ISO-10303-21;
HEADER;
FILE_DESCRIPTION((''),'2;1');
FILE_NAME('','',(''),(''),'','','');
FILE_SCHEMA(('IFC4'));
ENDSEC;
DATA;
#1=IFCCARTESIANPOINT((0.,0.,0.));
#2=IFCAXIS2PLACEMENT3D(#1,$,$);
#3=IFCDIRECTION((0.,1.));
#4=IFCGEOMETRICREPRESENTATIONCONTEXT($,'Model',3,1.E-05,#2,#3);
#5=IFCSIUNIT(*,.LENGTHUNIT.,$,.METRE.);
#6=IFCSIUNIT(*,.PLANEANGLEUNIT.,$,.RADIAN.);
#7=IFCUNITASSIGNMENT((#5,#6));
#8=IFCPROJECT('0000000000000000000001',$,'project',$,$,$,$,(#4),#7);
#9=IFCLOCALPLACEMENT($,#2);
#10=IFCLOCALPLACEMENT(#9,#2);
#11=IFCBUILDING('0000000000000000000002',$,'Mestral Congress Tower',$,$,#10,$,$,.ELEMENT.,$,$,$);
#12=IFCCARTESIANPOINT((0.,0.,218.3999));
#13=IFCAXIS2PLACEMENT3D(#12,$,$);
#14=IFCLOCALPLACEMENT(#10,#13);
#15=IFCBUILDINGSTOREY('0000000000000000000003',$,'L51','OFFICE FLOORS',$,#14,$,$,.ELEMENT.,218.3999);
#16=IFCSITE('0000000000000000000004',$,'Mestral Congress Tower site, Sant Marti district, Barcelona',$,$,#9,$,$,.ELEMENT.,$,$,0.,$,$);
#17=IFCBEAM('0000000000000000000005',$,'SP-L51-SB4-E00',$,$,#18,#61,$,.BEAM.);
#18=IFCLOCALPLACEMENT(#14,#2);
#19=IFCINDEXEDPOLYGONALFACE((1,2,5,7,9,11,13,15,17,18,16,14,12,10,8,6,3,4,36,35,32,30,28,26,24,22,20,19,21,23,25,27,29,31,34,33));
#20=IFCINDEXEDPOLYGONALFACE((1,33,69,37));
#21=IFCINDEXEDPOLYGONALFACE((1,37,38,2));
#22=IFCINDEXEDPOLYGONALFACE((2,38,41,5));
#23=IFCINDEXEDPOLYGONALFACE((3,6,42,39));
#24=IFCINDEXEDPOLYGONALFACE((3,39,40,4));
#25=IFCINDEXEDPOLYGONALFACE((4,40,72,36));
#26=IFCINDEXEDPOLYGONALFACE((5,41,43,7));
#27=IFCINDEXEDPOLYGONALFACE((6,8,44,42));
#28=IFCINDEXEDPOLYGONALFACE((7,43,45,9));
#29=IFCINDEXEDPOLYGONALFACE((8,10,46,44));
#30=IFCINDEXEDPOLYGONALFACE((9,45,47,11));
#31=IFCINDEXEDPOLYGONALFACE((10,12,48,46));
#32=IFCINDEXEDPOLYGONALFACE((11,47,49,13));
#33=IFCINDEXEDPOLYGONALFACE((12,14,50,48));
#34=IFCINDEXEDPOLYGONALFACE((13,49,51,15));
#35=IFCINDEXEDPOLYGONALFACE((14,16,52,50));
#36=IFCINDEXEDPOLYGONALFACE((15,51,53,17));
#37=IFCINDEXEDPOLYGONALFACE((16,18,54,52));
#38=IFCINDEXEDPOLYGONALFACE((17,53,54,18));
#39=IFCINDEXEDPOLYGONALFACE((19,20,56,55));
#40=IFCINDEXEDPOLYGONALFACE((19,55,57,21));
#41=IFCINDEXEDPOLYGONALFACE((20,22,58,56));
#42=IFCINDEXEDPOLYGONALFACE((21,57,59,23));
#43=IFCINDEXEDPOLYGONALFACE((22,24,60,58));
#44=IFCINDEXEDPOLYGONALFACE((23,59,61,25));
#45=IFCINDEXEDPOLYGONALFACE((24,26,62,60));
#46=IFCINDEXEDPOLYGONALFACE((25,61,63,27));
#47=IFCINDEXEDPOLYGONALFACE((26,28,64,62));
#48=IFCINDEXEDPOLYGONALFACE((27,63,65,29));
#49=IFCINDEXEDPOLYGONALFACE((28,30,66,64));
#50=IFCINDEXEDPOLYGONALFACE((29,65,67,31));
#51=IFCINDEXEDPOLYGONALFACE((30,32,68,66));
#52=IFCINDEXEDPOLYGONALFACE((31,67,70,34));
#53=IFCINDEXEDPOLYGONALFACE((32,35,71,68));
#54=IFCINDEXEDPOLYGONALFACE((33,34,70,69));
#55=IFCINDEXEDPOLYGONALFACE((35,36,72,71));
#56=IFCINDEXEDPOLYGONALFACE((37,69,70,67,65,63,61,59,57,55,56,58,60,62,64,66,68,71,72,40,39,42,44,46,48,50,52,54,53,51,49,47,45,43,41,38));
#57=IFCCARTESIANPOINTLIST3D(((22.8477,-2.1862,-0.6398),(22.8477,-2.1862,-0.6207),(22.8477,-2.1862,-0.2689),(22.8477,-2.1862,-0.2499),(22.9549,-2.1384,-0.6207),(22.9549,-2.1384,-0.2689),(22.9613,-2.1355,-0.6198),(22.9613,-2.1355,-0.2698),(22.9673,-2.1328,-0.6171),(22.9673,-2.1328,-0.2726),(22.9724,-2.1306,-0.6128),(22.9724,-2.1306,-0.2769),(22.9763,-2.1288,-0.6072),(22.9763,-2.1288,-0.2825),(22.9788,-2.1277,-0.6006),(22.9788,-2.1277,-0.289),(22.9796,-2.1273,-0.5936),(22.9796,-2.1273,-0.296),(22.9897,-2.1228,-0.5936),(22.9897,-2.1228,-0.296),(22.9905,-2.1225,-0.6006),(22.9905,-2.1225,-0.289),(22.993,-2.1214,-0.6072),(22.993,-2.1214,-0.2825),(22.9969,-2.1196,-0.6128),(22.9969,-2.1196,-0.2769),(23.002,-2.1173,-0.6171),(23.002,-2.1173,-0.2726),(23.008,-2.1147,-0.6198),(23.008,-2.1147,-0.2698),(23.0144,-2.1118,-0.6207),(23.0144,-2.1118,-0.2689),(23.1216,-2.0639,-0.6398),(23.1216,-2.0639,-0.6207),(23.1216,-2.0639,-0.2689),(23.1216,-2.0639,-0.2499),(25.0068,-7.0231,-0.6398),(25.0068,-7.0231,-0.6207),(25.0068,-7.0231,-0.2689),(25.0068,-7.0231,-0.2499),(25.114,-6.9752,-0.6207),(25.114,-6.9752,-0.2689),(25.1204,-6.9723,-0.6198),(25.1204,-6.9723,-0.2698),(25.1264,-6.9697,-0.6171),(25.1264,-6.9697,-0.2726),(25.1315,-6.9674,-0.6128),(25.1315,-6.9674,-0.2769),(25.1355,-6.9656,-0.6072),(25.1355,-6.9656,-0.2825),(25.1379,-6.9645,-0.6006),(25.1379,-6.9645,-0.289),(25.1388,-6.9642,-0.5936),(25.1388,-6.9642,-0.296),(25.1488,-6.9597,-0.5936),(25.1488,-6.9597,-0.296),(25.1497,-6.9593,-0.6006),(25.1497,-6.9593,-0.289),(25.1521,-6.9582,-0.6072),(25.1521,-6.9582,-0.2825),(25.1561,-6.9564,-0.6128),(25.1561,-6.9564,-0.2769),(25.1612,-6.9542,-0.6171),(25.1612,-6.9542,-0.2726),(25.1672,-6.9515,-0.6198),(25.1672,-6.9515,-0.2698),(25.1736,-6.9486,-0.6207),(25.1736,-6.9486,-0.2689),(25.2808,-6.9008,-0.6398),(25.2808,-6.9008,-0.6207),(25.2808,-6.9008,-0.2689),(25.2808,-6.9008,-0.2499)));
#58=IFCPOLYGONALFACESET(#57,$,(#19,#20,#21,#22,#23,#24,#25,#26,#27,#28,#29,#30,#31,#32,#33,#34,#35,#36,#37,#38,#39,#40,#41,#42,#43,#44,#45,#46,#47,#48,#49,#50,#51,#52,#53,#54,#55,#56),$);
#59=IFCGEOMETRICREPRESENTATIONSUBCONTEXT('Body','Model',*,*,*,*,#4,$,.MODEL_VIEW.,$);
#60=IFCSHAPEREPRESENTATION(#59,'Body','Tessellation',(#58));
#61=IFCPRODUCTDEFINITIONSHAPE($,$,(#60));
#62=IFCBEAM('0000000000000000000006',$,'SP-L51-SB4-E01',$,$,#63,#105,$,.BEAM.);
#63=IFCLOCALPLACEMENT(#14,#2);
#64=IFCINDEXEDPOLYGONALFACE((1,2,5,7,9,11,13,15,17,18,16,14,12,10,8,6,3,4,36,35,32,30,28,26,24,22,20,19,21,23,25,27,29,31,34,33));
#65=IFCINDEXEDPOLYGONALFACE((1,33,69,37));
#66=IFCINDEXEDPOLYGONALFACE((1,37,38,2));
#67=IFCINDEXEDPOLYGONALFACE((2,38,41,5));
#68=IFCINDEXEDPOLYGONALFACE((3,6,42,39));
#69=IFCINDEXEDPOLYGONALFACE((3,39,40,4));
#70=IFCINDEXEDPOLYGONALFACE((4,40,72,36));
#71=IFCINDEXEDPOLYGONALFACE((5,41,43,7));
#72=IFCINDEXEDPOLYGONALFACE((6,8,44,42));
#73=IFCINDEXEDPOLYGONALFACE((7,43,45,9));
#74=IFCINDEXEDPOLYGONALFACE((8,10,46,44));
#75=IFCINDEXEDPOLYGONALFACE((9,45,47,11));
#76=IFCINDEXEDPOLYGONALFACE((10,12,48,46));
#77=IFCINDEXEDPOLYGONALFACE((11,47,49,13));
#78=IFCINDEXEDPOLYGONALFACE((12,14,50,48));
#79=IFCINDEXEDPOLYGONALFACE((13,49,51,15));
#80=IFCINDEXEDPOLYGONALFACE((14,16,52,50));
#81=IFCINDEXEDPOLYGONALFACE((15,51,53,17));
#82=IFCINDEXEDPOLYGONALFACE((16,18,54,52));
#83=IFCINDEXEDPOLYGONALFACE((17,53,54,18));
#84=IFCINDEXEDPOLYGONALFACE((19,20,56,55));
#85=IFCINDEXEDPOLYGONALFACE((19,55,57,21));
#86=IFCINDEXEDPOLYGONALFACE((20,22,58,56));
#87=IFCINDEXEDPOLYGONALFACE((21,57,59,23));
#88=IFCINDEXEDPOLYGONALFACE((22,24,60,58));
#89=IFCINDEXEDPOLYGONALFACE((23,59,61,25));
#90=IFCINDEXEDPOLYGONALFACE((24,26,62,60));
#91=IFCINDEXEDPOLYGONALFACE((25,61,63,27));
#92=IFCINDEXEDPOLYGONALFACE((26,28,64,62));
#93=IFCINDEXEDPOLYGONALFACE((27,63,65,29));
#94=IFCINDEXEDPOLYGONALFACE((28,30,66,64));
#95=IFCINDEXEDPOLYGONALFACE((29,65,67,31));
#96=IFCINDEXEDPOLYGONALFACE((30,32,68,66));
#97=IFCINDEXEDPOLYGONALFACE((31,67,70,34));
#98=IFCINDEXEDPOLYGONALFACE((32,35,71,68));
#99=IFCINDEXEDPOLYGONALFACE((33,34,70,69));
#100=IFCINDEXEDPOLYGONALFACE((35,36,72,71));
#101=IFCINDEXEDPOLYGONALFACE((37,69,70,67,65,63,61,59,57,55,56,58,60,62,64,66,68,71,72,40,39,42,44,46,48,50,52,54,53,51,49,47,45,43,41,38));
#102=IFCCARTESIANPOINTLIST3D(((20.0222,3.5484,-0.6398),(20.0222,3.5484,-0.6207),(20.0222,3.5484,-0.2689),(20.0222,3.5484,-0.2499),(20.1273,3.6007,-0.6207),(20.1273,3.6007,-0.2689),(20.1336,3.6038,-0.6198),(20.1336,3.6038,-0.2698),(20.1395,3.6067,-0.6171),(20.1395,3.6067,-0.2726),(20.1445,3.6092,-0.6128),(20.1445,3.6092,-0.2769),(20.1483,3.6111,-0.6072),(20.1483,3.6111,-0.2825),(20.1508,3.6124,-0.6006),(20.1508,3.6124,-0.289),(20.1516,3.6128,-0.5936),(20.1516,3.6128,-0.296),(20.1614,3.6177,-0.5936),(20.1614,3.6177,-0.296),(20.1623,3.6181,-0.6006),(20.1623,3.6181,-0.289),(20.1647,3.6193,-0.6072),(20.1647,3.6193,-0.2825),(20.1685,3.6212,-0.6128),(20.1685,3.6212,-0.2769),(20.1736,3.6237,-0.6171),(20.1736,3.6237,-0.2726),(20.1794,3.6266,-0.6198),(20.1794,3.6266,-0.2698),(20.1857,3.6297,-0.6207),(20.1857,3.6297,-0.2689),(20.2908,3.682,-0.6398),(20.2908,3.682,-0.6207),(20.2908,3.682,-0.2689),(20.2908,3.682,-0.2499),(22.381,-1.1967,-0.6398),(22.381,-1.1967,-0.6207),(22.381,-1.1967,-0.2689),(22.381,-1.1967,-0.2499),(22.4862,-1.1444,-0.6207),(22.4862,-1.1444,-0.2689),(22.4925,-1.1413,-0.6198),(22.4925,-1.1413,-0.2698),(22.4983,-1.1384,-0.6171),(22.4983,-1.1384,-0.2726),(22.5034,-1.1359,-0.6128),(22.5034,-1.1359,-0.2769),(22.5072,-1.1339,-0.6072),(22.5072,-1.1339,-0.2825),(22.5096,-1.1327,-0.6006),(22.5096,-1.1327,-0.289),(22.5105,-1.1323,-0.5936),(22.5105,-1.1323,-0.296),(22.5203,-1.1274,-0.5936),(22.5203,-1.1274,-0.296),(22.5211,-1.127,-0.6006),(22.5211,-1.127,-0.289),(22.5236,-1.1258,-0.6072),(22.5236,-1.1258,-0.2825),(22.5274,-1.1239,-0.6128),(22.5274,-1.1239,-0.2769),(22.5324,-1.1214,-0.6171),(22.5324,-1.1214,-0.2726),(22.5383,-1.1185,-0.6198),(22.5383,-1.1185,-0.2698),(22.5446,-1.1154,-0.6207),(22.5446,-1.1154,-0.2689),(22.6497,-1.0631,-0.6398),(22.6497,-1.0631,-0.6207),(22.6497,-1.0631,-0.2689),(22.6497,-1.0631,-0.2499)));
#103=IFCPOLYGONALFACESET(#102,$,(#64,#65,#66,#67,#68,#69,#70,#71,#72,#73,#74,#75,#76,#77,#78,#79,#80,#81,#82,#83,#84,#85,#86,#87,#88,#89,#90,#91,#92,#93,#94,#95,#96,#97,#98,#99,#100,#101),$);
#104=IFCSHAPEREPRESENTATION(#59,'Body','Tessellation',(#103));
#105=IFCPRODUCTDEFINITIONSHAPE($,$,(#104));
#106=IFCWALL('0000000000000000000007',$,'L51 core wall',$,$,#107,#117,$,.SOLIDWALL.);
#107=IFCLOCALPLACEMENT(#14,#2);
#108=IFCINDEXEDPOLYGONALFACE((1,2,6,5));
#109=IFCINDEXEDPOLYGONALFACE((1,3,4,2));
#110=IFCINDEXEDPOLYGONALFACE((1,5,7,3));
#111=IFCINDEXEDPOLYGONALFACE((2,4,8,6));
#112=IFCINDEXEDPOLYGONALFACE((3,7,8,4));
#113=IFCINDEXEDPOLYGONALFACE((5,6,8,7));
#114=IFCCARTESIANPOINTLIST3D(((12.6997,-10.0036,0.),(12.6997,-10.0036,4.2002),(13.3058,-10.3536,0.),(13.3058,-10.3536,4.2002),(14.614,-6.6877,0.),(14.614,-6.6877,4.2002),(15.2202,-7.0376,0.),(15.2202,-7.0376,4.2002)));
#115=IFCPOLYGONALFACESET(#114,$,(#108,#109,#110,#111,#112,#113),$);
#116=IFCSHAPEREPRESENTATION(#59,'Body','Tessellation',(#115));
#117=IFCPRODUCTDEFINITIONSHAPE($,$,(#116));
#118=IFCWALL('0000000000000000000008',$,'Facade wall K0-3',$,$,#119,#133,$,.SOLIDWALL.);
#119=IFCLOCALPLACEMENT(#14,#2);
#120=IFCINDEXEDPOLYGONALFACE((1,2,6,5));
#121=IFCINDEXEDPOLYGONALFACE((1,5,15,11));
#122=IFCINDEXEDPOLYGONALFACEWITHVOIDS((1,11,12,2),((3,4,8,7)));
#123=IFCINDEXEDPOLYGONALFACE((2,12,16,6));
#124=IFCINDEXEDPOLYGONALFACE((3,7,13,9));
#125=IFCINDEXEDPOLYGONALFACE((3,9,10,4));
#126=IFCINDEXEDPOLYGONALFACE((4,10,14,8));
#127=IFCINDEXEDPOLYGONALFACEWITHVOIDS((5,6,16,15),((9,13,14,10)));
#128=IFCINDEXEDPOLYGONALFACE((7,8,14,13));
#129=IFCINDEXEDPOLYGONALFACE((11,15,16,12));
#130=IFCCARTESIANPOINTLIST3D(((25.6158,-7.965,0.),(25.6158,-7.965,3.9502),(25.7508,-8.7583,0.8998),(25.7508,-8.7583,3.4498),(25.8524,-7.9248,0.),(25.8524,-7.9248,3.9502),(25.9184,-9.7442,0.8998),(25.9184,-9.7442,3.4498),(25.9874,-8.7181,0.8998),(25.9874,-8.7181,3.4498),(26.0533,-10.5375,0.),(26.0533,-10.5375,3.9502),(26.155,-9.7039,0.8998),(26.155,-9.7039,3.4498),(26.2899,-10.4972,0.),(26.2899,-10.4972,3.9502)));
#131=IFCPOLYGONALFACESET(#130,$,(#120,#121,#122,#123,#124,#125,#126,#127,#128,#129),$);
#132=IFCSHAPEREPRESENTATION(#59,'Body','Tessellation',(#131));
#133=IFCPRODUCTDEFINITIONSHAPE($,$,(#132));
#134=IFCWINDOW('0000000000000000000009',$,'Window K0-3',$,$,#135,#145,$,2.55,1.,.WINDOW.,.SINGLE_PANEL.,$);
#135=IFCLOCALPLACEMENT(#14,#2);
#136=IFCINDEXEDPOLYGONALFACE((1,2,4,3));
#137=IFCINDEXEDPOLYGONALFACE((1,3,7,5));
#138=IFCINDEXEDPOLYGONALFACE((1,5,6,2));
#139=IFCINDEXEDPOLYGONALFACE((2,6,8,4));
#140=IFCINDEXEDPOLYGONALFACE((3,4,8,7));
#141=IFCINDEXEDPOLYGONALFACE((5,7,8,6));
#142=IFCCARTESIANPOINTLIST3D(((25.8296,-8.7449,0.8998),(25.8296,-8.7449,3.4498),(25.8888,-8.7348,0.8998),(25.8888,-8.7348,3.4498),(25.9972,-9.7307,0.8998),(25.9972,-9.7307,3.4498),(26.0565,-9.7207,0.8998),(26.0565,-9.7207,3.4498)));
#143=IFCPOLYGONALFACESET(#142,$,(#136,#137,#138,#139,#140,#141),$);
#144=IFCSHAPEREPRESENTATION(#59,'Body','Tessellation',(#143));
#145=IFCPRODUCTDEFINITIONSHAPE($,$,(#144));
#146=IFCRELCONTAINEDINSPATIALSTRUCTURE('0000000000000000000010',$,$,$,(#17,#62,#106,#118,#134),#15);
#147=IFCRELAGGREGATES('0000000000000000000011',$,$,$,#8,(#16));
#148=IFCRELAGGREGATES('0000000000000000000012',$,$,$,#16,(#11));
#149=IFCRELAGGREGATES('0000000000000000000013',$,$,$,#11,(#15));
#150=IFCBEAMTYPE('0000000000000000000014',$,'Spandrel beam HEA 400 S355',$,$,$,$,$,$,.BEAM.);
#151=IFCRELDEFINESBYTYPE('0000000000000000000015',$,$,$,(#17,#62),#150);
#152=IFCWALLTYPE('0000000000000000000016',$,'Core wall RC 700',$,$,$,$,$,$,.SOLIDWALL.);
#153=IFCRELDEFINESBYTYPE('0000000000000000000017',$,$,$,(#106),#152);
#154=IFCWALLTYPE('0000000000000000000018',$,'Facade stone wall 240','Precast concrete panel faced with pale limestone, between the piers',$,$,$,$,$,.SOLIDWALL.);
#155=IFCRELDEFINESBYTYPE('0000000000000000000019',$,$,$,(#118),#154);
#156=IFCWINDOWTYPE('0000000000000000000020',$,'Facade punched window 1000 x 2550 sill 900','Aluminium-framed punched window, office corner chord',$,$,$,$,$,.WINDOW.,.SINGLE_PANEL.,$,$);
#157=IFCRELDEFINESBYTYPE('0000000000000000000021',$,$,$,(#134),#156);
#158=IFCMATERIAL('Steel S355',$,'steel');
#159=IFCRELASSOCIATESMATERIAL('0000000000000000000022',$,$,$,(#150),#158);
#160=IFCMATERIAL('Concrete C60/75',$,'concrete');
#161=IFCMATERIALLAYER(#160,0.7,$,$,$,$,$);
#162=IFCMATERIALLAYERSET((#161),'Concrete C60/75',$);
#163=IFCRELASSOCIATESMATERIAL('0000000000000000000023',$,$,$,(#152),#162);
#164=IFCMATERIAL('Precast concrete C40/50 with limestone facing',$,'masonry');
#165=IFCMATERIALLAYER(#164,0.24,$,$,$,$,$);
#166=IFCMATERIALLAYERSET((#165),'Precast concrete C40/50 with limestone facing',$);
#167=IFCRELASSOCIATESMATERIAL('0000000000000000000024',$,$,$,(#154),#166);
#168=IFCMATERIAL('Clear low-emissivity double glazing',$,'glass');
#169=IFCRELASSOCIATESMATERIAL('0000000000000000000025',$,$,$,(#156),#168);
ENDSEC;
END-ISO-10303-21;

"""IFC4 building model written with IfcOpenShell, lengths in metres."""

from ifc_helpers import new_model, si_unit, direction, frame, frame_2d, origin, origin_2d, place, context, subcontext, project, spatial, rectangle, i_section, extrude, material, layer, layer_set, material_profile, profile_set, type_object, element, fill, save


model = new_model("IFC4")

# Units and contexts
model_context = context("Model", 3, precision=1e-05, world=origin(), true_north=direction((0.0, 1.0)))
body_context = subcontext(model_context, "Body", "Model", "MODEL_VIEW")
ifc_project = project(units=[si_unit("LENGTHUNIT", "METRE"), si_unit("PLANEANGLEUNIT", "RADIAN")], contexts=[model_context])

# Site, building, storey
site_placement = place(None, origin())
site = spatial("IfcSite", under=ifc_project, at=site_placement, Name="Mestral Congress Tower site, Sant Marti district, Barcelona", CompositionType="ELEMENT", RefElevation=0.0)
building_placement = place(site_placement, origin())
building = spatial("IfcBuilding", under=site, at=building_placement, Name="Mestral Congress Tower", CompositionType="ELEMENT")
storey_placement = place(building_placement, frame((0.0, 0.0, 218.3999)))
storey = spatial("IfcBuildingStorey", under=building, at=storey_placement, Name="L51", Description="OFFICE FLOORS", CompositionType="ELEMENT", Elevation=218.3999)

# Shared definitions
ifc_material_1 = material(Name="Concrete C60/75", Category="concrete")

# Beams
ifc_material_2 = material(Name="Steel S355", Category="steel")
ifc_material_profile_1 = material_profile(ifc_material_2, i_section(OverallWidth=0.3, OverallDepth=0.3899, WebThickness=0.011, FlangeThickness=0.019, FilletRadius=0.0271, at=origin_2d()), Name="HEA 400")
ifc_profile_set_1 = profile_set([ifc_material_profile_1], Name="Steel S355")
beam_type_1 = type_object("IfcBeamType", Name="Spandrel beam HEA 400 S355", PredefinedType="BEAM", material=ifc_profile_set_1)
beam_1_placement = place(storey_placement, frame((25.1438, -6.9619, -0.4448), z_axis=(-0.407626, 0.913149, 0.0), x_axis=(-0.913149, -0.407626, 0.0)))
element("IfcBeam", 1, at=beam_1_placement, inside=storey, type_object=beam_type_1, Name="SP-L51-SB4-E00", PredefinedType="BEAM", context=body_context, shape_type="SweptSolid", body=[
    extrude(i_section(OverallWidth=0.3, OverallDepth=0.3899, WebThickness=0.011, FlangeThickness=0.019, FilletRadius=0.0271, at=origin_2d()), origin(), (0.0, 0.0, 1.0), 5.2969),
])
beam_2_placement = place(storey_placement, frame((22.5154, -1.1299, -0.4448), z_axis=(-0.445148, 0.895457, 0.0), x_axis=(-0.895457, -0.445148, 0.0)))
element("IfcBeam", 2, at=beam_2_placement, inside=storey, type_object=beam_type_1, Name="SP-L51-SB4-E01", PredefinedType="BEAM", context=body_context, shape_type="SweptSolid", body=[
    extrude(i_section(OverallWidth=0.3, OverallDepth=0.3899, WebThickness=0.011, FlangeThickness=0.019, FilletRadius=0.0271, at=origin_2d()), origin(), (0.0, 0.0, 1.0), 5.2991),
])

# Wall
ifc_layer_1 = layer(ifc_material_1, 0.7)
ifc_layer_set_1 = layer_set([ifc_layer_1], Name="Concrete C60/75")
wall_type_1 = type_object("IfcWallType", Name="Core wall RC 700", PredefinedType="SOLIDWALL", material=ifc_layer_set_1)
wall_1_placement = place(storey_placement, frame((13.0027, -10.1787, 0.0), z_axis=(0.0, 0.0, 1.0), x_axis=(0.499973, 0.866041, 0.0)))
element("IfcWall", 3, at=wall_1_placement, inside=storey, type_object=wall_type_1, Name="L51 core wall", PredefinedType="SOLIDWALL", context=body_context, shape_type="SweptSolid", body=[
    extrude(rectangle(XDim=3.8289, YDim=0.7, at=frame_2d((1.9146, 0.0))), origin(), (0.0, 0.0, 1.0), 4.2002),
])

# Wall, opening, window
ifc_material_3 = material(Name="Precast concrete C40/50 with limestone facing", Category="masonry")
ifc_layer_2 = layer(ifc_material_3, 0.24)
ifc_layer_set_2 = layer_set([ifc_layer_2], Name="Precast concrete C40/50 with limestone facing")
wall_type_2 = type_object("IfcWallType", Name="Facade stone wall 240", Description="Precast concrete panel faced with pale limestone, between the piers", PredefinedType="SOLIDWALL", material=ifc_layer_set_2)
wall_2_placement = place(storey_placement, frame((26.1716, -10.5173, 0.0), z_axis=(0.0, 0.0, 1.0), x_axis=(-0.16766, 0.985845, 0.0)))
wall_2 = element("IfcWall", 4, at=wall_2_placement, inside=storey, type_object=wall_type_2, Name="Facade wall K0-3", PredefinedType="SOLIDWALL", context=body_context, shape_type="SweptSolid", body=[
    extrude(rectangle(XDim=2.6094, YDim=0.24, at=frame_2d((1.3047, 0.0))), origin(), (0.0, 0.0, 1.0), 3.9502),
])
opening_1_placement = place(wall_2_placement, frame((0.8047, 0.0, 0.8999)))
opening_1 = element("IfcOpeningElement", 5, at=opening_1_placement, cuts=wall_2, PredefinedType="OPENING", context=body_context, shape_type="SweptSolid", body=[
    extrude(rectangle(XDim=1.0, YDim=2.55, at=frame_2d((0.5, 1.2749))), frame((0.0, 0.1299, 0.0), z_axis=(0.0, -1.0, 0.0), x_axis=(1.0, 0.0, 0.0)), (0.0, 0.0, 1.0), 0.26),
])
ifc_material_4 = material(Name="Clear low-emissivity double glazing", Category="glass")
window_type_1 = type_object("IfcWindowType", Name="Facade punched window 1000 x 2550 sill 900", Description="Aluminium-framed punched window, office corner chord", PartitioningType="SINGLE_PANEL", PredefinedType="WINDOW", material=ifc_material_4)
window_1_placement = place(opening_1_placement, origin())
window_1 = element("IfcWindow", 6, at=window_1_placement, inside=storey, type_object=window_type_1, Name="Window K0-3", OverallHeight=2.55, OverallWidth=1.0, PartitioningType="SINGLE_PANEL", PredefinedType="WINDOW", context=body_context, shape_type="SweptSolid", body=[
    extrude(rectangle(XDim=1.0, YDim=2.55, at=frame_2d((0.5, 1.2749))), frame((0.0, 0.04, 0.0), z_axis=(0.0, -1.0, 0.0), x_axis=(1.0, 0.0, 0.0)), (0.0, 0.0, 1.0), 0.0601),
])
fill(opening_1, window_1)

save(model, "model.ifc")
